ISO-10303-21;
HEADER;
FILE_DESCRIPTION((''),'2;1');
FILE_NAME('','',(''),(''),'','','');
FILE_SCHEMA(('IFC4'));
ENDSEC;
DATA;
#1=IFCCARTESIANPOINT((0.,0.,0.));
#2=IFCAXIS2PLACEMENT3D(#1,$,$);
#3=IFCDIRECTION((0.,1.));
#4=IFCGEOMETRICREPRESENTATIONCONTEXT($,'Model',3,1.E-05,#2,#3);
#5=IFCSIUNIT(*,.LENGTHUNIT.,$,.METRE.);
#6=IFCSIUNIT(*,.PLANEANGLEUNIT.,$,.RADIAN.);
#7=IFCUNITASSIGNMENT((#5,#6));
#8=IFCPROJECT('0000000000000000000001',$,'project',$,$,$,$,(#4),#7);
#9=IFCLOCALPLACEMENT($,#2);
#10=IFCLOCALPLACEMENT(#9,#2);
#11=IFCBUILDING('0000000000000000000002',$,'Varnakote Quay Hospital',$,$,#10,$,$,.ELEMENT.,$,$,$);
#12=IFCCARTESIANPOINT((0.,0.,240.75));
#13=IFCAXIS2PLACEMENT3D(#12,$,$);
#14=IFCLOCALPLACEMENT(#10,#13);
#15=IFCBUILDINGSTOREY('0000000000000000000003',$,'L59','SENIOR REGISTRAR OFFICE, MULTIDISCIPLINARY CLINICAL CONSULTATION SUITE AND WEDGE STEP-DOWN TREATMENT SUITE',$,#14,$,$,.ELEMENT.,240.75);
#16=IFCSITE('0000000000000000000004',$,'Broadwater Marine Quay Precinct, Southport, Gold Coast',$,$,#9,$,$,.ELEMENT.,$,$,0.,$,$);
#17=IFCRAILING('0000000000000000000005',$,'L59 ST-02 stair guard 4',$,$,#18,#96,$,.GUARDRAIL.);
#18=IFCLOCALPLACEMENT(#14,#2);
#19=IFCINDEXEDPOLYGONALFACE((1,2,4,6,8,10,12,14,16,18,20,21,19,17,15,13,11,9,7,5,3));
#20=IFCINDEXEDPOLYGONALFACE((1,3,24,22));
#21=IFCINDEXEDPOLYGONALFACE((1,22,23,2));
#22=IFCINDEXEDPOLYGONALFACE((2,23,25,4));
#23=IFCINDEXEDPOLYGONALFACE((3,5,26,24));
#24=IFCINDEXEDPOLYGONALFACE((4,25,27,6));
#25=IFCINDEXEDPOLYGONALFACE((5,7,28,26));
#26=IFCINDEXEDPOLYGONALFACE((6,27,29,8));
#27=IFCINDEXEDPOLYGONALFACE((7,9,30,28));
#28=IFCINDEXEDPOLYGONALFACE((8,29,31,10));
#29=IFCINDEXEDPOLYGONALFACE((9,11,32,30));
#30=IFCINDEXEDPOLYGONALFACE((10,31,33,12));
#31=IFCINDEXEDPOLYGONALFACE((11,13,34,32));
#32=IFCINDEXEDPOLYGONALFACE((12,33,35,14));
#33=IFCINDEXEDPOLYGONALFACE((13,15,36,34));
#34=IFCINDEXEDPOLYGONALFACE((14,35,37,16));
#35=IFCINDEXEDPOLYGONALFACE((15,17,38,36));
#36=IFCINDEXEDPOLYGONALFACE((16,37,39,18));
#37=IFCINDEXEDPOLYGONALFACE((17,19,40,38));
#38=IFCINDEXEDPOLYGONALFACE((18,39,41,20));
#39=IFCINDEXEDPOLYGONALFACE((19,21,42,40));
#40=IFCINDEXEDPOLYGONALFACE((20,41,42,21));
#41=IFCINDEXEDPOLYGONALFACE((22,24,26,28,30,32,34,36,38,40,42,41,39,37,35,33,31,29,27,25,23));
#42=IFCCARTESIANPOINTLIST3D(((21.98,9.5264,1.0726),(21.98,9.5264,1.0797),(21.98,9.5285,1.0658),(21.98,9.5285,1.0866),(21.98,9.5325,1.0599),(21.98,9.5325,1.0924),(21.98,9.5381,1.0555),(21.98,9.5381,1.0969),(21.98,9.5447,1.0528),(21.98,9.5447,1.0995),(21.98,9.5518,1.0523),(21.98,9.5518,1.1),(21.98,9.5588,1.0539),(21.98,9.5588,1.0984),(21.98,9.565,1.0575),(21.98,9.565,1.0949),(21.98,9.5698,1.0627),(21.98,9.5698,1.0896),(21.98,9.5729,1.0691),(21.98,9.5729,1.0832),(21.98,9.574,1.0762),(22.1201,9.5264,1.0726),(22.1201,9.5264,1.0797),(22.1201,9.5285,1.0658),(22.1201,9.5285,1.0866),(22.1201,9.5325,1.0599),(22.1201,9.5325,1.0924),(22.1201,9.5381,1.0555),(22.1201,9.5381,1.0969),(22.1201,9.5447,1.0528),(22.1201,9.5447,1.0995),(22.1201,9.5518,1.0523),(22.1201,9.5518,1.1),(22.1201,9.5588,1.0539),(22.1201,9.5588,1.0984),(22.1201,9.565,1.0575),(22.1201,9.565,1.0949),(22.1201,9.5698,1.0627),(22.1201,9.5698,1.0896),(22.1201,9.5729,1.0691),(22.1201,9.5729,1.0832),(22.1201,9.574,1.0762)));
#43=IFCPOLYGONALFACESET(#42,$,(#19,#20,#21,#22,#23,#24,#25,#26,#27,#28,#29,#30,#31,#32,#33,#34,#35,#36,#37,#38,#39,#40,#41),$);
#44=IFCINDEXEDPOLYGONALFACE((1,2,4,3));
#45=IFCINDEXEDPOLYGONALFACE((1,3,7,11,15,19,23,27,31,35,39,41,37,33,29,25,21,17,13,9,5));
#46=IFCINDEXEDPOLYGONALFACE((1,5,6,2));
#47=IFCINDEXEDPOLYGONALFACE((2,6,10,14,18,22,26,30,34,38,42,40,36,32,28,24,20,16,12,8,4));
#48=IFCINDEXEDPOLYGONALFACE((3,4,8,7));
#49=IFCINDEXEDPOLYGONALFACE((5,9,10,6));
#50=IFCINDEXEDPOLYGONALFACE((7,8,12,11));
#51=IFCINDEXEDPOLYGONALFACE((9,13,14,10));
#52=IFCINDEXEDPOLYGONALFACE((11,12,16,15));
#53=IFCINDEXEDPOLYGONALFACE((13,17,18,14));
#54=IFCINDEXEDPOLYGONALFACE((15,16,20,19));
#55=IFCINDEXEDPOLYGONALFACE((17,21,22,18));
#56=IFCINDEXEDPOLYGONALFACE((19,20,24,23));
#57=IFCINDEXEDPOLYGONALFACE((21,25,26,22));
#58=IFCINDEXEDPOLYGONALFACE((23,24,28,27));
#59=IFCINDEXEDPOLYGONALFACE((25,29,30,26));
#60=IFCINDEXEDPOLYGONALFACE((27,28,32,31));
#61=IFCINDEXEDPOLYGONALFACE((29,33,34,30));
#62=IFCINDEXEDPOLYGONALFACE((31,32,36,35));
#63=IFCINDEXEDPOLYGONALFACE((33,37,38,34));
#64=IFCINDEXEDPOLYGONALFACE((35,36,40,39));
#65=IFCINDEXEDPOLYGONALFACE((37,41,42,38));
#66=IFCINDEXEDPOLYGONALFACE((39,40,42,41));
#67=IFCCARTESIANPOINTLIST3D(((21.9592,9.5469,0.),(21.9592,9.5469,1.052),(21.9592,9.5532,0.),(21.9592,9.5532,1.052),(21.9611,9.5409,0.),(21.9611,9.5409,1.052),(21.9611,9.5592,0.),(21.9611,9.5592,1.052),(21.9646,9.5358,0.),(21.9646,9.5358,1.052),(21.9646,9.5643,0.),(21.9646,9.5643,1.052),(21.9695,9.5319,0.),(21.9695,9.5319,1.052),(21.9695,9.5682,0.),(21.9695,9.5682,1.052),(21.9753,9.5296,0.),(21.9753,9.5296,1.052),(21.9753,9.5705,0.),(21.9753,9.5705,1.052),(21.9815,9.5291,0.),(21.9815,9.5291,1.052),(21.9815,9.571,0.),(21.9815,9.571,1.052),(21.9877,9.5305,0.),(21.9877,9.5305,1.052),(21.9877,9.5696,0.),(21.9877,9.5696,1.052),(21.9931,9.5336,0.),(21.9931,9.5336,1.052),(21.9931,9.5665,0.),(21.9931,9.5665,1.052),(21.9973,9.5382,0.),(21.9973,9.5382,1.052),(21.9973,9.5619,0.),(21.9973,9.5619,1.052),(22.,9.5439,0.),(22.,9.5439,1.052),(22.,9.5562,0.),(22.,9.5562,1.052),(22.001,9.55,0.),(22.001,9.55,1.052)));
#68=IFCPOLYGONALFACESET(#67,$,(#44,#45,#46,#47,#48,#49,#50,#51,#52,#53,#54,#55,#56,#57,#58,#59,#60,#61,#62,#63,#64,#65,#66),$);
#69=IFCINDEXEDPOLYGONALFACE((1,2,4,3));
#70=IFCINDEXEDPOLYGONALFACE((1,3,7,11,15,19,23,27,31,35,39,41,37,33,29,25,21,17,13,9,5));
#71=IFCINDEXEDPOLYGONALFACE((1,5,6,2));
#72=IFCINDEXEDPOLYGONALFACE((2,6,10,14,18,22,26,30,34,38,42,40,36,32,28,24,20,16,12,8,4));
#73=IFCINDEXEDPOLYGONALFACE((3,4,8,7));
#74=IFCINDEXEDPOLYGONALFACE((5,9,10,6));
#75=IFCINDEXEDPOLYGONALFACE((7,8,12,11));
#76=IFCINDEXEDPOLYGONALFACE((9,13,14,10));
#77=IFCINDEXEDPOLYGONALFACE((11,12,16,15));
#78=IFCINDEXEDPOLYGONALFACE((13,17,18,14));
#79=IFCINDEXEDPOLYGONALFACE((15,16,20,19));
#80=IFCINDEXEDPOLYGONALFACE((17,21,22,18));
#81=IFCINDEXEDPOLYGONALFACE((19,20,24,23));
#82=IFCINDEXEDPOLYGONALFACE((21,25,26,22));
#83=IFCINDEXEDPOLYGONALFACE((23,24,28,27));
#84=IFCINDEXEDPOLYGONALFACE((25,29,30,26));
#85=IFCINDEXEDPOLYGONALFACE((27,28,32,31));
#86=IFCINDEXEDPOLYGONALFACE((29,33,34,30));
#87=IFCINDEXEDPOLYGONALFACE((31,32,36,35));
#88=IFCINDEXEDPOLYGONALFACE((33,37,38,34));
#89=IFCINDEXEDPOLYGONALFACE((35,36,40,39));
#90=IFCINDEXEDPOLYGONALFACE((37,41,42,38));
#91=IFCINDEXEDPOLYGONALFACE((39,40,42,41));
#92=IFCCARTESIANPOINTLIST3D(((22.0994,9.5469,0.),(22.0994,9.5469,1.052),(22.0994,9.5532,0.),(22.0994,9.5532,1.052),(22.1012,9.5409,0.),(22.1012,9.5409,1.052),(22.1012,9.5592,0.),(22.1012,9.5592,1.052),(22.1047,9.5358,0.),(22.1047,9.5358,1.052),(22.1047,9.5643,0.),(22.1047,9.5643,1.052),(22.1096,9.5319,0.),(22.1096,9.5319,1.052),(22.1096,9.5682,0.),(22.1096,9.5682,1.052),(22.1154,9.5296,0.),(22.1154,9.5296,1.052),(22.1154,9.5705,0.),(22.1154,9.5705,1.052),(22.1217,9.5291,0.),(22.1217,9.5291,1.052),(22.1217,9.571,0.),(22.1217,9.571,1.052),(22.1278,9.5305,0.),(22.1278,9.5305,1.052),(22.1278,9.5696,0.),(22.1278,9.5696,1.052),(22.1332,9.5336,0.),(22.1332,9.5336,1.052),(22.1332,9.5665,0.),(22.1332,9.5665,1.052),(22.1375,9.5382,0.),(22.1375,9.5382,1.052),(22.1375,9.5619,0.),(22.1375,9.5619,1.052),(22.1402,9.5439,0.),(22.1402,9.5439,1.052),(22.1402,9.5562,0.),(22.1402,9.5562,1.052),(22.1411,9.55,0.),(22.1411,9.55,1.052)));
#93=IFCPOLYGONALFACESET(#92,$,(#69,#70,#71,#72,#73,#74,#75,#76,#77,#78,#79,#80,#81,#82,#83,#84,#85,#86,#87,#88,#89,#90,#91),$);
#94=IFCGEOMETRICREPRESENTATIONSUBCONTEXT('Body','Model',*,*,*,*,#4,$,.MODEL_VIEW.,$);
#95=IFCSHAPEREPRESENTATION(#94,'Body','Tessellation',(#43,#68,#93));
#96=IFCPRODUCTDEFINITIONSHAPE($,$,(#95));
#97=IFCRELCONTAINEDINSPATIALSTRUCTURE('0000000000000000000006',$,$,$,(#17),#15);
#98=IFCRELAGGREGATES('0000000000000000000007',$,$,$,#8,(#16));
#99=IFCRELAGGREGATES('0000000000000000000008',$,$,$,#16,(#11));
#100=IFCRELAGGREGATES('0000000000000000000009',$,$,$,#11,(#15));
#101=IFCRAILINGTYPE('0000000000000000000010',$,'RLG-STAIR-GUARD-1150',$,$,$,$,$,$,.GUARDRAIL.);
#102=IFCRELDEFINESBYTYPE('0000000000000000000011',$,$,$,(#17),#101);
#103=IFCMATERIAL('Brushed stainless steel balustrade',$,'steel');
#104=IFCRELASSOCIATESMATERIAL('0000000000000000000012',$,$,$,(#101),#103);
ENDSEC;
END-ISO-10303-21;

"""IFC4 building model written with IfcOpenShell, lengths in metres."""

from ifc_helpers import new_model, si_unit, direction, frame, origin, origin_2d, place, context, subcontext, project, spatial, circle, extrude, material, type_object, element, save


model = new_model("IFC4")

# Units and contexts
model_context = context("Model", 3, precision=1e-05, world=origin(), true_north=direction((0.0, 1.0)))
body_context = subcontext(model_context, "Body", "Model", "MODEL_VIEW")
ifc_project = project(units=[si_unit("LENGTHUNIT", "METRE"), si_unit("PLANEANGLEUNIT", "RADIAN")], contexts=[model_context])

# Site, building, storey
site_placement = place(None, origin())
site = spatial("IfcSite", under=ifc_project, at=site_placement, Name="Broadwater Marine Quay Precinct, Southport, Gold Coast", CompositionType="ELEMENT", RefElevation=0.0)
building_placement = place(site_placement, origin())
building = spatial("IfcBuilding", under=site, at=building_placement, Name="Varnakote Quay Hospital", CompositionType="ELEMENT")
storey_placement = place(building_placement, frame((0.0, 0.0, 240.75)))
storey = spatial("IfcBuildingStorey", under=building, at=storey_placement, Name="L59", Description="SENIOR REGISTRAR OFFICE, MULTIDISCIPLINARY CLINICAL CONSULTATION SUITE AND WEDGE STEP-DOWN TREATMENT SUITE", CompositionType="ELEMENT", Elevation=240.75)

# Railing
ifc_material_1 = material(Name="Brushed stainless steel balustrade", Category="steel")
railing_type_1 = type_object("IfcRailingType", Name="RLG-STAIR-GUARD-1150", PredefinedType="GUARDRAIL", material=ifc_material_1)
railing_1_placement = place(storey_placement, frame((21.98, 9.55, 0.0)))
element("IfcRailing", 1, at=railing_1_placement, inside=storey, type_object=railing_type_1, Name="L59 ST-02 stair guard 4", PredefinedType="GUARDRAIL", context=body_context, shape_type="SweptSolid", body=[
    extrude(circle(Radius=0.0239, at=origin_2d()), frame((0.0, 0.0, 1.0762), z_axis=(1.0, 0.0, 0.0), x_axis=(0.0, 1.0, 0.0)), (0.0, 0.0, 1.0), 0.1401),
    extrude(circle(Radius=0.021, at=origin_2d()), origin(), (0.0, 0.0, 1.0), 1.052),
    extrude(circle(Radius=0.021, at=origin_2d()), frame((0.1401, 0.0, 0.0)), (0.0, 0.0, 1.0), 1.052),
])

save(model, "model.ifc")
